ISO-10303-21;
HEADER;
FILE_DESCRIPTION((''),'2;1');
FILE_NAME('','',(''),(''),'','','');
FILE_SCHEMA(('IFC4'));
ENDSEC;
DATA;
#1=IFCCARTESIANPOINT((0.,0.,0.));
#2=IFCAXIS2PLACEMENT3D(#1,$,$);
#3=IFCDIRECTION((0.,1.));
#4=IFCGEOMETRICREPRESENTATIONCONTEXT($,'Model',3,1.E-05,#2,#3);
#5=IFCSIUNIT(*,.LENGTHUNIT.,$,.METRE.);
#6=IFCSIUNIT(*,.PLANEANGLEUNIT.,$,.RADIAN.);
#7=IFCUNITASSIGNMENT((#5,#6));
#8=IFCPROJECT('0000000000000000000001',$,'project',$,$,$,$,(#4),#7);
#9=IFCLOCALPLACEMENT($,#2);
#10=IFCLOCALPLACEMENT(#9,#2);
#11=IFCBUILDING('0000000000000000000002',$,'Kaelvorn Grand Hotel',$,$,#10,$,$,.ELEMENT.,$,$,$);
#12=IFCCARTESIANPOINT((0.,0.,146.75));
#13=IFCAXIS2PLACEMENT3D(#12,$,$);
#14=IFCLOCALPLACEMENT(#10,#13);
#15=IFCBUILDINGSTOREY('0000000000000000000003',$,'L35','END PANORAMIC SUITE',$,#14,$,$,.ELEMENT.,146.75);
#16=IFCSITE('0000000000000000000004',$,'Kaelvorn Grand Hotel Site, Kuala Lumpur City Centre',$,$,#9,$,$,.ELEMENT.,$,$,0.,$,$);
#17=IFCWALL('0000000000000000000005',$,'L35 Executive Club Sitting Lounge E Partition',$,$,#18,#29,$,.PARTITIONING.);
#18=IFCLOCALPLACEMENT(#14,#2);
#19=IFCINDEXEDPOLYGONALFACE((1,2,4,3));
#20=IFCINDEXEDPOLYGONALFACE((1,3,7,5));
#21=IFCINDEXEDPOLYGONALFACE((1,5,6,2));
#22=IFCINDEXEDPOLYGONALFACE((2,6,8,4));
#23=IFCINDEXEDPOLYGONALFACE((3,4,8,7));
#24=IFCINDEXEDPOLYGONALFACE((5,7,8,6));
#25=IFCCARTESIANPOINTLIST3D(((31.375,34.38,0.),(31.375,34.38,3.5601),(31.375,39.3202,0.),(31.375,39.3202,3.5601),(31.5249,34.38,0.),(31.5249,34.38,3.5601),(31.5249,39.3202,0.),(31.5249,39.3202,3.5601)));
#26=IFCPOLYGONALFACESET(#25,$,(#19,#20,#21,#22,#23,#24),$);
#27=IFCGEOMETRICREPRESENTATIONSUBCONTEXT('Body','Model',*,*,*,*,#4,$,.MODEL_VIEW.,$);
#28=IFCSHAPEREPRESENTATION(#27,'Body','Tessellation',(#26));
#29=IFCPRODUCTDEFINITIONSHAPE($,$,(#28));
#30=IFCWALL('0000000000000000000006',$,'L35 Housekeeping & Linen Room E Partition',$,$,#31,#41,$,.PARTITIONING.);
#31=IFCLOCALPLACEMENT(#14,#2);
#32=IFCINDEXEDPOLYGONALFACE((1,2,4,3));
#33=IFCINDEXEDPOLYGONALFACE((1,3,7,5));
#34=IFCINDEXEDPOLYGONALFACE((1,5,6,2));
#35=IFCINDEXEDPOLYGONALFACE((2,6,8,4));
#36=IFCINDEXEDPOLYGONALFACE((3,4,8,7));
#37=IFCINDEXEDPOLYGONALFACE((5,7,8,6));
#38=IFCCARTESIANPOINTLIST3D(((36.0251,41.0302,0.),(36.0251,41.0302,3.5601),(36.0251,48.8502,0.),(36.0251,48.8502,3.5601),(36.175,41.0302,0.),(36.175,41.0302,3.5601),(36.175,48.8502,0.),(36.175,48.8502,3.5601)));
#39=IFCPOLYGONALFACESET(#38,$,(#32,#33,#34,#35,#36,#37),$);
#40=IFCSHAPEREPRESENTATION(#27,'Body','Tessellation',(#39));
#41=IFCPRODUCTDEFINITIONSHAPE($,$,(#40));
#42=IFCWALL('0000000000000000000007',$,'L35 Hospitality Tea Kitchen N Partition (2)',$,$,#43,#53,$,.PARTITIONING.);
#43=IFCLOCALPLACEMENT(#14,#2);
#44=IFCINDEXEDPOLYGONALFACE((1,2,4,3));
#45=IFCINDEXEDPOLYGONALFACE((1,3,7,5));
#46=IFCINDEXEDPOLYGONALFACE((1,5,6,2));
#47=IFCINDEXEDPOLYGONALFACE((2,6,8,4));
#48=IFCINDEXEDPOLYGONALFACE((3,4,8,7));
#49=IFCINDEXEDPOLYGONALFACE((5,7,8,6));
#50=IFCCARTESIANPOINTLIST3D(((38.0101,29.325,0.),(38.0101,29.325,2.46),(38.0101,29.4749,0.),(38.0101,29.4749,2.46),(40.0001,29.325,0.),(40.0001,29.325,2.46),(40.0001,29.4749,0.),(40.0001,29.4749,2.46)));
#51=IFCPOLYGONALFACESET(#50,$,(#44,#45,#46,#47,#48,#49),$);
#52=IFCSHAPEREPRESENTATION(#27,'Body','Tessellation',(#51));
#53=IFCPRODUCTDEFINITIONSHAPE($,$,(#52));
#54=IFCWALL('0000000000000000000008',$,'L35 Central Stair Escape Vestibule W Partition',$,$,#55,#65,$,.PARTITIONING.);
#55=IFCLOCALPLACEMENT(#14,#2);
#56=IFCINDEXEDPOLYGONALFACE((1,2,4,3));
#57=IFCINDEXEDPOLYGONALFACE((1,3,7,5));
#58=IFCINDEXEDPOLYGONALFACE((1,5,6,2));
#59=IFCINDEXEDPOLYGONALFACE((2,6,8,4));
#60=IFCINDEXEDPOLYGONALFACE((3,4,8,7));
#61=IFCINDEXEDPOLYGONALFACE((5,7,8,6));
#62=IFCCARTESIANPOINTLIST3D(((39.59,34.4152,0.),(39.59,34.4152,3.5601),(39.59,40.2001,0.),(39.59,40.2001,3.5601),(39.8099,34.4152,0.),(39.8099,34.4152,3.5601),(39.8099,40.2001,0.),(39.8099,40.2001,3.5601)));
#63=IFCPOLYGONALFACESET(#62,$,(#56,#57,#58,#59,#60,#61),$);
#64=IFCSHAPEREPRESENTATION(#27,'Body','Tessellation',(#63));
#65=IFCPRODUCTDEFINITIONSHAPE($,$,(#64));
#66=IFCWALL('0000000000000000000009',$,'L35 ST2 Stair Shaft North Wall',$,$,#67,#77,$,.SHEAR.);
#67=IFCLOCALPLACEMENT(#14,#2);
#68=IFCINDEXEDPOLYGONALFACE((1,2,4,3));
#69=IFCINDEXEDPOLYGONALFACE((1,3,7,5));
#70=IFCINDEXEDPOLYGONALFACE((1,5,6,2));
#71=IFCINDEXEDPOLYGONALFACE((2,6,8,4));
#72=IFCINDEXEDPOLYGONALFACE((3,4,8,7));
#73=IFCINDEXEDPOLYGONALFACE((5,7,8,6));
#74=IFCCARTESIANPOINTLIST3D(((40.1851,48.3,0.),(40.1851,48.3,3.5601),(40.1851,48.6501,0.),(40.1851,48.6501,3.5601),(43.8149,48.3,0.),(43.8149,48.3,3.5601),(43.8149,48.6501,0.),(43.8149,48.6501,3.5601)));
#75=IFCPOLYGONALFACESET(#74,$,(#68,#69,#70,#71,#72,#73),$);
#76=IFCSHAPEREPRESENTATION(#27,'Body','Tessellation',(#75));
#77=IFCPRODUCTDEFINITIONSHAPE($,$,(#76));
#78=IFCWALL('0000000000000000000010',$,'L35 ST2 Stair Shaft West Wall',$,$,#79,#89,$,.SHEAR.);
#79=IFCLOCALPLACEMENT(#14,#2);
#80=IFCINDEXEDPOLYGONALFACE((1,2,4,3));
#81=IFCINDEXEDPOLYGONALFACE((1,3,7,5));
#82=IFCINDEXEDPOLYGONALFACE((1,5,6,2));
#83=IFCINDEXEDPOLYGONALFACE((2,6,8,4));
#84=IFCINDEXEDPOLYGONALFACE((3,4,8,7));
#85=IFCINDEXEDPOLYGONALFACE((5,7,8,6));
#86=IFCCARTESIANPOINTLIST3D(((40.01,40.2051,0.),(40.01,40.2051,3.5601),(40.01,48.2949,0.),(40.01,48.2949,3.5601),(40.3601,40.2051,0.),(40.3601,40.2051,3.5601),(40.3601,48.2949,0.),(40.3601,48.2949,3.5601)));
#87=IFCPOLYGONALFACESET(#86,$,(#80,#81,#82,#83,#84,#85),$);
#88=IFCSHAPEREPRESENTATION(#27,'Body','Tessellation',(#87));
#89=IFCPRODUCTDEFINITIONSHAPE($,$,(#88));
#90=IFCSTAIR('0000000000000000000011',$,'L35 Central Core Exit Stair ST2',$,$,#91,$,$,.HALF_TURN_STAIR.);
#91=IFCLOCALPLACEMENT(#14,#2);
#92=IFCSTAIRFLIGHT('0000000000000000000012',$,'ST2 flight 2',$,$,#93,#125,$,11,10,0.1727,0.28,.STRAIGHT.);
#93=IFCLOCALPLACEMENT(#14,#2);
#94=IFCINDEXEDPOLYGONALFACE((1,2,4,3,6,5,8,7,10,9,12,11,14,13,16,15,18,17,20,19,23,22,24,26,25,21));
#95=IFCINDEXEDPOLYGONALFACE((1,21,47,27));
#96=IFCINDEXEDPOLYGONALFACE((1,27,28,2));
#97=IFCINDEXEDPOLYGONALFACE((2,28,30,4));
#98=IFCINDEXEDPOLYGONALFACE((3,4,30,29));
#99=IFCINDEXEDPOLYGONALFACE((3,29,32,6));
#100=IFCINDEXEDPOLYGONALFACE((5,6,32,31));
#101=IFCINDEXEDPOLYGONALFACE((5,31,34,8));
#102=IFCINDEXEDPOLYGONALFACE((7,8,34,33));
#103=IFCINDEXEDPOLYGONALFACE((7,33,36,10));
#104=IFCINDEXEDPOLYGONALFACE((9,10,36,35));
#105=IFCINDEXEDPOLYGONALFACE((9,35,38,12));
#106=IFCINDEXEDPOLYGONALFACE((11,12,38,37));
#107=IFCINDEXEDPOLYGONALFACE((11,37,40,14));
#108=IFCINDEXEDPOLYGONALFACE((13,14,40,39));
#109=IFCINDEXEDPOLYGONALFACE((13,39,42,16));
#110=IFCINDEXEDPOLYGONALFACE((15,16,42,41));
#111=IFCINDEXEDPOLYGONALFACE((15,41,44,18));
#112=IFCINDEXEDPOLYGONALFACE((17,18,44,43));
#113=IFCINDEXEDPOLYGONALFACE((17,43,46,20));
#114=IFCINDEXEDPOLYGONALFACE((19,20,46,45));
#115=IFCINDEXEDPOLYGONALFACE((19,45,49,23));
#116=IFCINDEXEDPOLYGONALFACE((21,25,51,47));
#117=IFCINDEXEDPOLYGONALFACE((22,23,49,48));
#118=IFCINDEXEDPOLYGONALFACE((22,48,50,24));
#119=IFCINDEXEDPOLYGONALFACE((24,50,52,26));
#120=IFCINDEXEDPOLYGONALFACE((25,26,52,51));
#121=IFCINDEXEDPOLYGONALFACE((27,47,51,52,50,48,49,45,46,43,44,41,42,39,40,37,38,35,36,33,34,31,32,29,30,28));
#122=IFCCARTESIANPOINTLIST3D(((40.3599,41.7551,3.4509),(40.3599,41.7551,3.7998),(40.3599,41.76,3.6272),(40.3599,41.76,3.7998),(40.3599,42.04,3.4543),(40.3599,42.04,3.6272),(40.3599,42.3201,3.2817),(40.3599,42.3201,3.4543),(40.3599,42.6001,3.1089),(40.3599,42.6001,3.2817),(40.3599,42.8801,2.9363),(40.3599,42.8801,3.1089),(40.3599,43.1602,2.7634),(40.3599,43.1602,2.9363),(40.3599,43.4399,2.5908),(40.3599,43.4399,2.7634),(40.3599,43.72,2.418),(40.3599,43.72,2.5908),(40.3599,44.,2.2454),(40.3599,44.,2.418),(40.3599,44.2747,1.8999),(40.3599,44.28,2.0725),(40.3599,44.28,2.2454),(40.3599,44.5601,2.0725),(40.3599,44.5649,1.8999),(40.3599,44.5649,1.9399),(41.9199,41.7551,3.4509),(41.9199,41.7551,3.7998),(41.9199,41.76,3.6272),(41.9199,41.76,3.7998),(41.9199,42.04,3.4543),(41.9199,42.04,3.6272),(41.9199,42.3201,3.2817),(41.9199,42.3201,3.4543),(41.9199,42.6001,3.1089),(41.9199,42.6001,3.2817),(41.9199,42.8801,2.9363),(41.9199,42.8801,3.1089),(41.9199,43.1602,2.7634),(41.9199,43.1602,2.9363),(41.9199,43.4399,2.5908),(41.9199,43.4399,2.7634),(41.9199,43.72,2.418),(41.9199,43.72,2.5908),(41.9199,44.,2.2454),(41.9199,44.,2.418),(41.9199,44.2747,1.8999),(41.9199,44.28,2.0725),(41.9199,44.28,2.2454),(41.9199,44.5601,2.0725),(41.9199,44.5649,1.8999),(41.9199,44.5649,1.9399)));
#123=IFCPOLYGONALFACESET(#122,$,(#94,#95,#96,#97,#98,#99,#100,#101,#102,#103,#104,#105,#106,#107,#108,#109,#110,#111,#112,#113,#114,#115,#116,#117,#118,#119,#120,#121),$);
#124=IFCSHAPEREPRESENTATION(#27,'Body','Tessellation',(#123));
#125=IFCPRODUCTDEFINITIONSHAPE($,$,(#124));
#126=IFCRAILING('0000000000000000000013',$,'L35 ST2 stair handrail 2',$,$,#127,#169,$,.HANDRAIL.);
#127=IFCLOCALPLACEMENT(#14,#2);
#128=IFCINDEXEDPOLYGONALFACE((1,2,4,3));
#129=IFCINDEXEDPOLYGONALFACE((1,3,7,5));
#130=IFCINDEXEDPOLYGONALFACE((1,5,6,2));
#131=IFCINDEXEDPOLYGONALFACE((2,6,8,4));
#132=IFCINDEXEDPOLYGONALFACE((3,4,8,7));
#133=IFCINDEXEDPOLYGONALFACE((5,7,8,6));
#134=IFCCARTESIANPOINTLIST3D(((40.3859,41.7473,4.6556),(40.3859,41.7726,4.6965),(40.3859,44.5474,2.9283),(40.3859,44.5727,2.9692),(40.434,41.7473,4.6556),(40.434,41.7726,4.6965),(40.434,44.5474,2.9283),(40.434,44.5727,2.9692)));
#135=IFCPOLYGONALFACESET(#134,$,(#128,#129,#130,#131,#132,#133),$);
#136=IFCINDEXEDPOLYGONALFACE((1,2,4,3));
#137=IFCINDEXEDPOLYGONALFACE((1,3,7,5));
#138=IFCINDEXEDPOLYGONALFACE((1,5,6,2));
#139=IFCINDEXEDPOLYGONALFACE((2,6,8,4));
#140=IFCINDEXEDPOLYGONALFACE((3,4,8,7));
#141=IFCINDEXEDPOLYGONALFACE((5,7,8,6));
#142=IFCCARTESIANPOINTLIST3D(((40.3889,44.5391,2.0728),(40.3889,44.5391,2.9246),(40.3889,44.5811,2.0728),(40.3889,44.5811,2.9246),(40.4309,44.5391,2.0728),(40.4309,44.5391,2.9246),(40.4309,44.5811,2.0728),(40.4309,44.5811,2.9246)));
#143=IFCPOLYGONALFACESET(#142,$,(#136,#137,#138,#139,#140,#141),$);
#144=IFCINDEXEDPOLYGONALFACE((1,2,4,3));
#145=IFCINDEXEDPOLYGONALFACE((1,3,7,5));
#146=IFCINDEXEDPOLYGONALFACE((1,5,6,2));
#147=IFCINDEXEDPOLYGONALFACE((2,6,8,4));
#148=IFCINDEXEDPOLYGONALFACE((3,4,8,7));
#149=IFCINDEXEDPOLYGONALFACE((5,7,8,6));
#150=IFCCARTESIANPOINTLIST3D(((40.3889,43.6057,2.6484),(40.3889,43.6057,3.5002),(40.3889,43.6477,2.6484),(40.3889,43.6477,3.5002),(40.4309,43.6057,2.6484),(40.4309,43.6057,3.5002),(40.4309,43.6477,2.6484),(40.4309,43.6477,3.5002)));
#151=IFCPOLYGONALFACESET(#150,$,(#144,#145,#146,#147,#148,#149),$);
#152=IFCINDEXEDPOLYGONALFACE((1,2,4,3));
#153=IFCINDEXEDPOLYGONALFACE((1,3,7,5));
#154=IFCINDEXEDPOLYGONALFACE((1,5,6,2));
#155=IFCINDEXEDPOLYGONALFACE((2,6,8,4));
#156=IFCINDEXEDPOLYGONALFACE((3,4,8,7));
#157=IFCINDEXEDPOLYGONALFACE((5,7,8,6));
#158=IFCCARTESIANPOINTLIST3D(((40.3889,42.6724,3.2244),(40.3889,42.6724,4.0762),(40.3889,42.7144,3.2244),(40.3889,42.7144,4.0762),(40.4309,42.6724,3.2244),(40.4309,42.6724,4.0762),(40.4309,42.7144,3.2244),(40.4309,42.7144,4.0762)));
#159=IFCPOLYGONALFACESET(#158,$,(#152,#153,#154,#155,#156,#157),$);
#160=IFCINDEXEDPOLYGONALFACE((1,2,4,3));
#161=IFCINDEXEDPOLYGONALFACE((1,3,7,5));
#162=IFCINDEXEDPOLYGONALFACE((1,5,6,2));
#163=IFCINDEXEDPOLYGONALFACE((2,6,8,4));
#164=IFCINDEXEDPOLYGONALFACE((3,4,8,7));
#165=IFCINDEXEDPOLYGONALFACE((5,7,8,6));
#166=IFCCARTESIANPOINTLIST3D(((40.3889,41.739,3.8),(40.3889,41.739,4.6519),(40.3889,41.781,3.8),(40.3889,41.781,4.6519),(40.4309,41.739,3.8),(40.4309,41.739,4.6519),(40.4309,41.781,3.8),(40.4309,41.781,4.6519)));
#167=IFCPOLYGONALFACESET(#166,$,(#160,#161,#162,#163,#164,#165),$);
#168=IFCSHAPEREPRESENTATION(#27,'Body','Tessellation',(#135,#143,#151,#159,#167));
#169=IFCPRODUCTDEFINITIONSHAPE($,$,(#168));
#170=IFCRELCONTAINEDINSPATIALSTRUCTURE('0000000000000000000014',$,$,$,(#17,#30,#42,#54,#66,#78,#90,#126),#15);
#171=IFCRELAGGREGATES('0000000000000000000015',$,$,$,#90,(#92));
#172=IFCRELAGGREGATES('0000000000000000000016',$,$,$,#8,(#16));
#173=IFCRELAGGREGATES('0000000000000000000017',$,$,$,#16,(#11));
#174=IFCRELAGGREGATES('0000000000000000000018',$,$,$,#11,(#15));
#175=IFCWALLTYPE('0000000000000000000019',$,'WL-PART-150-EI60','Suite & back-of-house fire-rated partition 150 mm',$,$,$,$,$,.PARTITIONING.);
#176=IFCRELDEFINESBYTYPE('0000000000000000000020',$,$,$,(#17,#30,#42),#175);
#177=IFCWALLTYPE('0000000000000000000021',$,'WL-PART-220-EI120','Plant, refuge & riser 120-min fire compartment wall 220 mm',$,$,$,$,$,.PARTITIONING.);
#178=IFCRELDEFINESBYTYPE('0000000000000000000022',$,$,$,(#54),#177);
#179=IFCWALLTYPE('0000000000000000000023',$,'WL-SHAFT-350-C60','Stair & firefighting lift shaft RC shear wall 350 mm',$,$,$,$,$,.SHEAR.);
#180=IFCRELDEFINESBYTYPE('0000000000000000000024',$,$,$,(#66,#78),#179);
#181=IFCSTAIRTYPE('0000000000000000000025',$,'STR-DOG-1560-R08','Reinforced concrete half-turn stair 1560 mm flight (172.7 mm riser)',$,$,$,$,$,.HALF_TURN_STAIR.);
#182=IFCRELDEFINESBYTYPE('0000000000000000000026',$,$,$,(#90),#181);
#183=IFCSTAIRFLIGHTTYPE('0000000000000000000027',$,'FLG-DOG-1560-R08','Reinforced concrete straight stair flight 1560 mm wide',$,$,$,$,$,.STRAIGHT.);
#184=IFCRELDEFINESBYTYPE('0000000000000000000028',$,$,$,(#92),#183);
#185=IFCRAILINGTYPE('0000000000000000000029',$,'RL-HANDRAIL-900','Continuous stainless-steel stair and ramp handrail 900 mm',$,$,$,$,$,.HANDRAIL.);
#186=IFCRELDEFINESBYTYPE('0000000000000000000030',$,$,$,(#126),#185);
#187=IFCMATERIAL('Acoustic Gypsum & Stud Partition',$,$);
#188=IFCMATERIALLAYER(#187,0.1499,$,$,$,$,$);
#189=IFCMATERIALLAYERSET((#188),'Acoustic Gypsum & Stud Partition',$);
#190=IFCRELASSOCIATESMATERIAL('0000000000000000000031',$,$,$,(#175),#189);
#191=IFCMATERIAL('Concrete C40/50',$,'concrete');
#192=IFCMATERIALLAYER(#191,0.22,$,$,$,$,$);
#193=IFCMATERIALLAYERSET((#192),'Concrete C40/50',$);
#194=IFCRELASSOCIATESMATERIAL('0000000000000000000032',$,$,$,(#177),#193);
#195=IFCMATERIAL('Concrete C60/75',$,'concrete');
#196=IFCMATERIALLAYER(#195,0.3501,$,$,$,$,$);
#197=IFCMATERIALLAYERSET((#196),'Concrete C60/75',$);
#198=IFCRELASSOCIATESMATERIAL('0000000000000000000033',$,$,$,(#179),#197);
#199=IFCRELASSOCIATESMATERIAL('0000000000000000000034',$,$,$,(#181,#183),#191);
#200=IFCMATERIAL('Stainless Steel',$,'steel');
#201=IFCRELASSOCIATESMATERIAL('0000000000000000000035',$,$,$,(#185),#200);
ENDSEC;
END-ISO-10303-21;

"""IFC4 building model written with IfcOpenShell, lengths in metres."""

from ifc_helpers import new_model, si_unit, direction, frame, frame_2d, origin, origin_2d, place, context, subcontext, project, spatial, polyline, rectangle, outline, extrude, material, layer, layer_set, type_object, element, aggregate, save


model = new_model("IFC4")

# Units and contexts
model_context = context("Model", 3, precision=1e-05, world=origin(), true_north=direction((0.0, 1.0)))
body_context = subcontext(model_context, "Body", "Model", "MODEL_VIEW")
ifc_project = project(units=[si_unit("LENGTHUNIT", "METRE"), si_unit("PLANEANGLEUNIT", "RADIAN")], contexts=[model_context])

# Site, building, storey
site_placement = place(None, origin())
site = spatial("IfcSite", under=ifc_project, at=site_placement, Name="Kaelvorn Grand Hotel Site, Kuala Lumpur City Centre", CompositionType="ELEMENT", RefElevation=0.0)
building_placement = place(site_placement, origin())
building = spatial("IfcBuilding", under=site, at=building_placement, Name="Kaelvorn Grand Hotel", CompositionType="ELEMENT")
storey_placement = place(building_placement, frame((0.0, 0.0, 146.75)))
storey = spatial("IfcBuildingStorey", under=building, at=storey_placement, Name="L35", Description="END PANORAMIC SUITE", CompositionType="ELEMENT", Elevation=146.75)

# Shared definitions
ifc_material_1 = material(Name="Concrete C60/75", Category="concrete")

# Shared definitions
ifc_material_2 = material(Name="Acoustic Gypsum & Stud Partition")
ifc_layer_1 = layer(ifc_material_2, 0.1499)
ifc_layer_set_1 = layer_set([ifc_layer_1], Name="Acoustic Gypsum & Stud Partition")
wall_type_1 = type_object("IfcWallType", Name="WL-PART-150-EI60", Description="Suite & back-of-house fire-rated partition 150 mm", PredefinedType="PARTITIONING", material=ifc_layer_set_1)

# Walls
for number, where, z_axis, x_axis, name in (
    (1, (31.45, 34.3799, 0.0), (0.0, 0.0, 1.0), (0.0, 1.0, 0.0), "L35 Executive Club Sitting Lounge E Partition"),
):
    element("IfcWall", number, at=place(storey_placement, frame(where, z_axis=z_axis, x_axis=x_axis)), inside=storey, type_object=wall_type_1, Name=name, PredefinedType="PARTITIONING", context=body_context, shape_type="SweptSolid", body=[
        extrude(rectangle(XDim=4.9402, YDim=0.1499, at=frame_2d((2.4702, 0.0))), origin(), (0.0, 0.0, 1.0), 3.5601),
    ])
wall_1_placement = place(storey_placement, frame((36.1001, 41.03, 0.0), z_axis=(0.0, 0.0, 1.0), x_axis=(0.0, 1.0, 0.0)))
element("IfcWall", 2, at=wall_1_placement, inside=storey, type_object=wall_type_1, Name="L35 Housekeeping & Linen Room E Partition", PredefinedType="PARTITIONING", context=body_context, shape_type="SweptSolid", body=[
    extrude(rectangle(XDim=7.8201, YDim=0.1499, at=frame_2d((3.9102, 0.0))), origin(), (0.0, 0.0, 1.0), 3.5601),
])
wall_2_placement = place(storey_placement, frame((38.01, 29.3999, 0.0), z_axis=(0.0, 0.0, 1.0), x_axis=(1.0, 0.0, 0.0)))
element("IfcWall", 3, at=wall_2_placement, inside=storey, type_object=wall_type_1, Name="L35 Hospitality Tea Kitchen N Partition (2)", PredefinedType="PARTITIONING", context=body_context, shape_type="SweptSolid", body=[
    extrude(rectangle(XDim=1.99, YDim=0.1499, at=frame_2d((0.9951, 0.0))), origin(), (0.0, 0.0, 1.0), 2.46),
])

# Shared definitions
ifc_material_3 = material(Name="Concrete C40/50", Category="concrete")
ifc_layer_2 = layer(ifc_material_3, 0.22)
ifc_layer_set_2 = layer_set([ifc_layer_2], Name="Concrete C40/50")
wall_type_2 = type_object("IfcWallType", Name="WL-PART-220-EI120", Description="Plant, refuge & riser 120-min fire compartment wall 220 mm", PredefinedType="PARTITIONING", material=ifc_layer_set_2)

# Wall
wall_3_placement = place(storey_placement, frame((39.7, 34.415, 0.0), z_axis=(0.0, 0.0, 1.0), x_axis=(0.0, 1.0, 0.0)))
element("IfcWall", 4, at=wall_3_placement, inside=storey, type_object=wall_type_2, Name="L35 Central Stair Escape Vestibule W Partition", PredefinedType="PARTITIONING", context=body_context, shape_type="SweptSolid", body=[
    extrude(rectangle(XDim=5.7849, YDim=0.22, at=frame_2d((2.8926, 0.0))), origin(), (0.0, 0.0, 1.0), 3.5601),
])

# Shared definitions
ifc_layer_3 = layer(ifc_material_1, 0.3501)
ifc_layer_set_3 = layer_set([ifc_layer_3], Name="Concrete C60/75")
wall_type_3 = type_object("IfcWallType", Name="WL-SHAFT-350-C60", Description="Stair & firefighting lift shaft RC shear wall 350 mm", PredefinedType="SHEAR", material=ifc_layer_set_3)

# Walls
wall_4_placement = place(storey_placement, frame((40.1851, 48.4751, 0.0), z_axis=(0.0, 0.0, 1.0), x_axis=(1.0, 0.0, 0.0)))
element("IfcWall", 5, at=wall_4_placement, inside=storey, type_object=wall_type_3, Name="L35 ST2 Stair Shaft North Wall", PredefinedType="SHEAR", context=body_context, shape_type="SweptSolid", body=[
    extrude(rectangle(XDim=3.6299, YDim=0.3501, at=frame_2d((1.8149, 0.0))), origin(), (0.0, 0.0, 1.0), 3.5601),
])
wall_5_placement = place(storey_placement, frame((40.1851, 40.2051, 0.0), z_axis=(0.0, 0.0, 1.0), x_axis=(0.0, 1.0, 0.0)))
element("IfcWall", 6, at=wall_5_placement, inside=storey, type_object=wall_type_3, Name="L35 ST2 Stair Shaft West Wall", PredefinedType="SHEAR", context=body_context, shape_type="SweptSolid", body=[
    extrude(rectangle(XDim=8.0898, YDim=0.3501, at=frame_2d((4.0449, 0.0))), origin(), (0.0, 0.0, 1.0), 3.5601),
])

# Stair, stair flight
stair_type = type_object("IfcStairType", Name="STR-DOG-1560-R08", Description="Reinforced concrete half-turn stair 1560 mm flight (172.7 mm riser)", PredefinedType="HALF_TURN_STAIR", material=ifc_material_3)
stair_placement = place(storey_placement, origin())
stair = element("IfcStair", 7, at=stair_placement, inside=storey, type_object=stair_type, Name="L35 Central Core Exit Stair ST2", PredefinedType="HALF_TURN_STAIR")
stair_flight_type = type_object("IfcStairFlightType", Name="FLG-DOG-1560-R08", Description="Reinforced concrete straight stair flight 1560 mm wide", PredefinedType="STRAIGHT", material=ifc_material_3)
stair_flight_placement = place(storey_placement, frame((41.1399, 44.5601, 1.8999), z_axis=(0.0, 0.0, 1.0), x_axis=(0.0, -1.0, 0.0)))
stair_flight = element("IfcStairFlight", 8, at=stair_flight_placement, type_object=stair_flight_type, Name="ST2 flight 2", NumberOfRisers=11, NumberOfTreads=10, PredefinedType="STRAIGHT", RiserHeight=0.1727, TreadLength=0.28, context=body_context, shape_type="SweptSolid", body=[
    extrude(outline(polyline([(-0.0049, 0.0), (-0.0049, 0.04), (0.0, 0.1726), (0.28, 0.1726), (0.28, 0.3455), (0.5601, 0.3455), (0.5601, 0.5181), (0.8401, 0.5181), (0.8401, 0.6909), (1.1201, 0.6909), (1.1201, 0.8635), (1.3999, 0.8635), (1.3999, 1.0364), (1.6799, 1.0364), (1.6799, 1.209), (1.96, 1.209), (1.96, 1.3818), (2.24, 1.3818), (2.24, 1.5544), (2.52, 1.5544), (2.52, 1.7273), (2.8, 1.7273), (2.8, 1.8999), (2.8049, 1.8999), (2.8049, 1.551), (0.2854, 0.0), (-0.0049, 0.0)])), frame((0.0, 0.78, 0.0), z_axis=(0.0, -1.0, 0.0), x_axis=(1.0, 0.0, 0.0)), (0.0, 0.0, 1.0), 1.5601),
])
aggregate(stair, [stair_flight])

# Railing
ifc_material_4 = material(Name="Stainless Steel", Category="steel")
railing_type_1 = type_object("IfcRailingType", Name="RL-HANDRAIL-900", Description="Continuous stainless-steel stair and ramp handrail 900 mm", PredefinedType="HANDRAIL", material=ifc_material_4)
railing_1_placement = place(storey_placement, frame((40.4099, 44.5601, 2.0728)))
element("IfcRailing", 9, at=railing_1_placement, inside=storey, type_object=railing_type_1, Name="L35 ST2 stair handrail 2", PredefinedType="HANDRAIL", context=body_context, shape_type="SweptSolid", body=[
    extrude(rectangle(XDim=0.0481, YDim=0.0481, at=origin_2d()), frame((0.0, 0.0, 0.876), z_axis=(0.0, -0.85109, 0.52502), x_axis=(1.0, 0.0, 0.0)), (0.0, 0.0, 1.0), 3.29),
    extrude(rectangle(XDim=0.042, YDim=0.042, at=origin_2d()), origin(), (0.0, 0.0, 1.0), 0.8518),
    extrude(rectangle(XDim=0.042, YDim=0.042, at=origin_2d()), frame((0.0, -0.9333, 0.5757)), (0.0, 0.0, 1.0), 0.8518),
    extrude(rectangle(XDim=0.042, YDim=0.042, at=origin_2d()), frame((0.0, -1.8667, 1.1516)), (0.0, 0.0, 1.0), 0.8518),
    extrude(rectangle(XDim=0.042, YDim=0.042, at=origin_2d()), frame((0.0, -2.8, 1.7273)), (0.0, 0.0, 1.0), 0.8518),
])

save(model, "model.ifc")
